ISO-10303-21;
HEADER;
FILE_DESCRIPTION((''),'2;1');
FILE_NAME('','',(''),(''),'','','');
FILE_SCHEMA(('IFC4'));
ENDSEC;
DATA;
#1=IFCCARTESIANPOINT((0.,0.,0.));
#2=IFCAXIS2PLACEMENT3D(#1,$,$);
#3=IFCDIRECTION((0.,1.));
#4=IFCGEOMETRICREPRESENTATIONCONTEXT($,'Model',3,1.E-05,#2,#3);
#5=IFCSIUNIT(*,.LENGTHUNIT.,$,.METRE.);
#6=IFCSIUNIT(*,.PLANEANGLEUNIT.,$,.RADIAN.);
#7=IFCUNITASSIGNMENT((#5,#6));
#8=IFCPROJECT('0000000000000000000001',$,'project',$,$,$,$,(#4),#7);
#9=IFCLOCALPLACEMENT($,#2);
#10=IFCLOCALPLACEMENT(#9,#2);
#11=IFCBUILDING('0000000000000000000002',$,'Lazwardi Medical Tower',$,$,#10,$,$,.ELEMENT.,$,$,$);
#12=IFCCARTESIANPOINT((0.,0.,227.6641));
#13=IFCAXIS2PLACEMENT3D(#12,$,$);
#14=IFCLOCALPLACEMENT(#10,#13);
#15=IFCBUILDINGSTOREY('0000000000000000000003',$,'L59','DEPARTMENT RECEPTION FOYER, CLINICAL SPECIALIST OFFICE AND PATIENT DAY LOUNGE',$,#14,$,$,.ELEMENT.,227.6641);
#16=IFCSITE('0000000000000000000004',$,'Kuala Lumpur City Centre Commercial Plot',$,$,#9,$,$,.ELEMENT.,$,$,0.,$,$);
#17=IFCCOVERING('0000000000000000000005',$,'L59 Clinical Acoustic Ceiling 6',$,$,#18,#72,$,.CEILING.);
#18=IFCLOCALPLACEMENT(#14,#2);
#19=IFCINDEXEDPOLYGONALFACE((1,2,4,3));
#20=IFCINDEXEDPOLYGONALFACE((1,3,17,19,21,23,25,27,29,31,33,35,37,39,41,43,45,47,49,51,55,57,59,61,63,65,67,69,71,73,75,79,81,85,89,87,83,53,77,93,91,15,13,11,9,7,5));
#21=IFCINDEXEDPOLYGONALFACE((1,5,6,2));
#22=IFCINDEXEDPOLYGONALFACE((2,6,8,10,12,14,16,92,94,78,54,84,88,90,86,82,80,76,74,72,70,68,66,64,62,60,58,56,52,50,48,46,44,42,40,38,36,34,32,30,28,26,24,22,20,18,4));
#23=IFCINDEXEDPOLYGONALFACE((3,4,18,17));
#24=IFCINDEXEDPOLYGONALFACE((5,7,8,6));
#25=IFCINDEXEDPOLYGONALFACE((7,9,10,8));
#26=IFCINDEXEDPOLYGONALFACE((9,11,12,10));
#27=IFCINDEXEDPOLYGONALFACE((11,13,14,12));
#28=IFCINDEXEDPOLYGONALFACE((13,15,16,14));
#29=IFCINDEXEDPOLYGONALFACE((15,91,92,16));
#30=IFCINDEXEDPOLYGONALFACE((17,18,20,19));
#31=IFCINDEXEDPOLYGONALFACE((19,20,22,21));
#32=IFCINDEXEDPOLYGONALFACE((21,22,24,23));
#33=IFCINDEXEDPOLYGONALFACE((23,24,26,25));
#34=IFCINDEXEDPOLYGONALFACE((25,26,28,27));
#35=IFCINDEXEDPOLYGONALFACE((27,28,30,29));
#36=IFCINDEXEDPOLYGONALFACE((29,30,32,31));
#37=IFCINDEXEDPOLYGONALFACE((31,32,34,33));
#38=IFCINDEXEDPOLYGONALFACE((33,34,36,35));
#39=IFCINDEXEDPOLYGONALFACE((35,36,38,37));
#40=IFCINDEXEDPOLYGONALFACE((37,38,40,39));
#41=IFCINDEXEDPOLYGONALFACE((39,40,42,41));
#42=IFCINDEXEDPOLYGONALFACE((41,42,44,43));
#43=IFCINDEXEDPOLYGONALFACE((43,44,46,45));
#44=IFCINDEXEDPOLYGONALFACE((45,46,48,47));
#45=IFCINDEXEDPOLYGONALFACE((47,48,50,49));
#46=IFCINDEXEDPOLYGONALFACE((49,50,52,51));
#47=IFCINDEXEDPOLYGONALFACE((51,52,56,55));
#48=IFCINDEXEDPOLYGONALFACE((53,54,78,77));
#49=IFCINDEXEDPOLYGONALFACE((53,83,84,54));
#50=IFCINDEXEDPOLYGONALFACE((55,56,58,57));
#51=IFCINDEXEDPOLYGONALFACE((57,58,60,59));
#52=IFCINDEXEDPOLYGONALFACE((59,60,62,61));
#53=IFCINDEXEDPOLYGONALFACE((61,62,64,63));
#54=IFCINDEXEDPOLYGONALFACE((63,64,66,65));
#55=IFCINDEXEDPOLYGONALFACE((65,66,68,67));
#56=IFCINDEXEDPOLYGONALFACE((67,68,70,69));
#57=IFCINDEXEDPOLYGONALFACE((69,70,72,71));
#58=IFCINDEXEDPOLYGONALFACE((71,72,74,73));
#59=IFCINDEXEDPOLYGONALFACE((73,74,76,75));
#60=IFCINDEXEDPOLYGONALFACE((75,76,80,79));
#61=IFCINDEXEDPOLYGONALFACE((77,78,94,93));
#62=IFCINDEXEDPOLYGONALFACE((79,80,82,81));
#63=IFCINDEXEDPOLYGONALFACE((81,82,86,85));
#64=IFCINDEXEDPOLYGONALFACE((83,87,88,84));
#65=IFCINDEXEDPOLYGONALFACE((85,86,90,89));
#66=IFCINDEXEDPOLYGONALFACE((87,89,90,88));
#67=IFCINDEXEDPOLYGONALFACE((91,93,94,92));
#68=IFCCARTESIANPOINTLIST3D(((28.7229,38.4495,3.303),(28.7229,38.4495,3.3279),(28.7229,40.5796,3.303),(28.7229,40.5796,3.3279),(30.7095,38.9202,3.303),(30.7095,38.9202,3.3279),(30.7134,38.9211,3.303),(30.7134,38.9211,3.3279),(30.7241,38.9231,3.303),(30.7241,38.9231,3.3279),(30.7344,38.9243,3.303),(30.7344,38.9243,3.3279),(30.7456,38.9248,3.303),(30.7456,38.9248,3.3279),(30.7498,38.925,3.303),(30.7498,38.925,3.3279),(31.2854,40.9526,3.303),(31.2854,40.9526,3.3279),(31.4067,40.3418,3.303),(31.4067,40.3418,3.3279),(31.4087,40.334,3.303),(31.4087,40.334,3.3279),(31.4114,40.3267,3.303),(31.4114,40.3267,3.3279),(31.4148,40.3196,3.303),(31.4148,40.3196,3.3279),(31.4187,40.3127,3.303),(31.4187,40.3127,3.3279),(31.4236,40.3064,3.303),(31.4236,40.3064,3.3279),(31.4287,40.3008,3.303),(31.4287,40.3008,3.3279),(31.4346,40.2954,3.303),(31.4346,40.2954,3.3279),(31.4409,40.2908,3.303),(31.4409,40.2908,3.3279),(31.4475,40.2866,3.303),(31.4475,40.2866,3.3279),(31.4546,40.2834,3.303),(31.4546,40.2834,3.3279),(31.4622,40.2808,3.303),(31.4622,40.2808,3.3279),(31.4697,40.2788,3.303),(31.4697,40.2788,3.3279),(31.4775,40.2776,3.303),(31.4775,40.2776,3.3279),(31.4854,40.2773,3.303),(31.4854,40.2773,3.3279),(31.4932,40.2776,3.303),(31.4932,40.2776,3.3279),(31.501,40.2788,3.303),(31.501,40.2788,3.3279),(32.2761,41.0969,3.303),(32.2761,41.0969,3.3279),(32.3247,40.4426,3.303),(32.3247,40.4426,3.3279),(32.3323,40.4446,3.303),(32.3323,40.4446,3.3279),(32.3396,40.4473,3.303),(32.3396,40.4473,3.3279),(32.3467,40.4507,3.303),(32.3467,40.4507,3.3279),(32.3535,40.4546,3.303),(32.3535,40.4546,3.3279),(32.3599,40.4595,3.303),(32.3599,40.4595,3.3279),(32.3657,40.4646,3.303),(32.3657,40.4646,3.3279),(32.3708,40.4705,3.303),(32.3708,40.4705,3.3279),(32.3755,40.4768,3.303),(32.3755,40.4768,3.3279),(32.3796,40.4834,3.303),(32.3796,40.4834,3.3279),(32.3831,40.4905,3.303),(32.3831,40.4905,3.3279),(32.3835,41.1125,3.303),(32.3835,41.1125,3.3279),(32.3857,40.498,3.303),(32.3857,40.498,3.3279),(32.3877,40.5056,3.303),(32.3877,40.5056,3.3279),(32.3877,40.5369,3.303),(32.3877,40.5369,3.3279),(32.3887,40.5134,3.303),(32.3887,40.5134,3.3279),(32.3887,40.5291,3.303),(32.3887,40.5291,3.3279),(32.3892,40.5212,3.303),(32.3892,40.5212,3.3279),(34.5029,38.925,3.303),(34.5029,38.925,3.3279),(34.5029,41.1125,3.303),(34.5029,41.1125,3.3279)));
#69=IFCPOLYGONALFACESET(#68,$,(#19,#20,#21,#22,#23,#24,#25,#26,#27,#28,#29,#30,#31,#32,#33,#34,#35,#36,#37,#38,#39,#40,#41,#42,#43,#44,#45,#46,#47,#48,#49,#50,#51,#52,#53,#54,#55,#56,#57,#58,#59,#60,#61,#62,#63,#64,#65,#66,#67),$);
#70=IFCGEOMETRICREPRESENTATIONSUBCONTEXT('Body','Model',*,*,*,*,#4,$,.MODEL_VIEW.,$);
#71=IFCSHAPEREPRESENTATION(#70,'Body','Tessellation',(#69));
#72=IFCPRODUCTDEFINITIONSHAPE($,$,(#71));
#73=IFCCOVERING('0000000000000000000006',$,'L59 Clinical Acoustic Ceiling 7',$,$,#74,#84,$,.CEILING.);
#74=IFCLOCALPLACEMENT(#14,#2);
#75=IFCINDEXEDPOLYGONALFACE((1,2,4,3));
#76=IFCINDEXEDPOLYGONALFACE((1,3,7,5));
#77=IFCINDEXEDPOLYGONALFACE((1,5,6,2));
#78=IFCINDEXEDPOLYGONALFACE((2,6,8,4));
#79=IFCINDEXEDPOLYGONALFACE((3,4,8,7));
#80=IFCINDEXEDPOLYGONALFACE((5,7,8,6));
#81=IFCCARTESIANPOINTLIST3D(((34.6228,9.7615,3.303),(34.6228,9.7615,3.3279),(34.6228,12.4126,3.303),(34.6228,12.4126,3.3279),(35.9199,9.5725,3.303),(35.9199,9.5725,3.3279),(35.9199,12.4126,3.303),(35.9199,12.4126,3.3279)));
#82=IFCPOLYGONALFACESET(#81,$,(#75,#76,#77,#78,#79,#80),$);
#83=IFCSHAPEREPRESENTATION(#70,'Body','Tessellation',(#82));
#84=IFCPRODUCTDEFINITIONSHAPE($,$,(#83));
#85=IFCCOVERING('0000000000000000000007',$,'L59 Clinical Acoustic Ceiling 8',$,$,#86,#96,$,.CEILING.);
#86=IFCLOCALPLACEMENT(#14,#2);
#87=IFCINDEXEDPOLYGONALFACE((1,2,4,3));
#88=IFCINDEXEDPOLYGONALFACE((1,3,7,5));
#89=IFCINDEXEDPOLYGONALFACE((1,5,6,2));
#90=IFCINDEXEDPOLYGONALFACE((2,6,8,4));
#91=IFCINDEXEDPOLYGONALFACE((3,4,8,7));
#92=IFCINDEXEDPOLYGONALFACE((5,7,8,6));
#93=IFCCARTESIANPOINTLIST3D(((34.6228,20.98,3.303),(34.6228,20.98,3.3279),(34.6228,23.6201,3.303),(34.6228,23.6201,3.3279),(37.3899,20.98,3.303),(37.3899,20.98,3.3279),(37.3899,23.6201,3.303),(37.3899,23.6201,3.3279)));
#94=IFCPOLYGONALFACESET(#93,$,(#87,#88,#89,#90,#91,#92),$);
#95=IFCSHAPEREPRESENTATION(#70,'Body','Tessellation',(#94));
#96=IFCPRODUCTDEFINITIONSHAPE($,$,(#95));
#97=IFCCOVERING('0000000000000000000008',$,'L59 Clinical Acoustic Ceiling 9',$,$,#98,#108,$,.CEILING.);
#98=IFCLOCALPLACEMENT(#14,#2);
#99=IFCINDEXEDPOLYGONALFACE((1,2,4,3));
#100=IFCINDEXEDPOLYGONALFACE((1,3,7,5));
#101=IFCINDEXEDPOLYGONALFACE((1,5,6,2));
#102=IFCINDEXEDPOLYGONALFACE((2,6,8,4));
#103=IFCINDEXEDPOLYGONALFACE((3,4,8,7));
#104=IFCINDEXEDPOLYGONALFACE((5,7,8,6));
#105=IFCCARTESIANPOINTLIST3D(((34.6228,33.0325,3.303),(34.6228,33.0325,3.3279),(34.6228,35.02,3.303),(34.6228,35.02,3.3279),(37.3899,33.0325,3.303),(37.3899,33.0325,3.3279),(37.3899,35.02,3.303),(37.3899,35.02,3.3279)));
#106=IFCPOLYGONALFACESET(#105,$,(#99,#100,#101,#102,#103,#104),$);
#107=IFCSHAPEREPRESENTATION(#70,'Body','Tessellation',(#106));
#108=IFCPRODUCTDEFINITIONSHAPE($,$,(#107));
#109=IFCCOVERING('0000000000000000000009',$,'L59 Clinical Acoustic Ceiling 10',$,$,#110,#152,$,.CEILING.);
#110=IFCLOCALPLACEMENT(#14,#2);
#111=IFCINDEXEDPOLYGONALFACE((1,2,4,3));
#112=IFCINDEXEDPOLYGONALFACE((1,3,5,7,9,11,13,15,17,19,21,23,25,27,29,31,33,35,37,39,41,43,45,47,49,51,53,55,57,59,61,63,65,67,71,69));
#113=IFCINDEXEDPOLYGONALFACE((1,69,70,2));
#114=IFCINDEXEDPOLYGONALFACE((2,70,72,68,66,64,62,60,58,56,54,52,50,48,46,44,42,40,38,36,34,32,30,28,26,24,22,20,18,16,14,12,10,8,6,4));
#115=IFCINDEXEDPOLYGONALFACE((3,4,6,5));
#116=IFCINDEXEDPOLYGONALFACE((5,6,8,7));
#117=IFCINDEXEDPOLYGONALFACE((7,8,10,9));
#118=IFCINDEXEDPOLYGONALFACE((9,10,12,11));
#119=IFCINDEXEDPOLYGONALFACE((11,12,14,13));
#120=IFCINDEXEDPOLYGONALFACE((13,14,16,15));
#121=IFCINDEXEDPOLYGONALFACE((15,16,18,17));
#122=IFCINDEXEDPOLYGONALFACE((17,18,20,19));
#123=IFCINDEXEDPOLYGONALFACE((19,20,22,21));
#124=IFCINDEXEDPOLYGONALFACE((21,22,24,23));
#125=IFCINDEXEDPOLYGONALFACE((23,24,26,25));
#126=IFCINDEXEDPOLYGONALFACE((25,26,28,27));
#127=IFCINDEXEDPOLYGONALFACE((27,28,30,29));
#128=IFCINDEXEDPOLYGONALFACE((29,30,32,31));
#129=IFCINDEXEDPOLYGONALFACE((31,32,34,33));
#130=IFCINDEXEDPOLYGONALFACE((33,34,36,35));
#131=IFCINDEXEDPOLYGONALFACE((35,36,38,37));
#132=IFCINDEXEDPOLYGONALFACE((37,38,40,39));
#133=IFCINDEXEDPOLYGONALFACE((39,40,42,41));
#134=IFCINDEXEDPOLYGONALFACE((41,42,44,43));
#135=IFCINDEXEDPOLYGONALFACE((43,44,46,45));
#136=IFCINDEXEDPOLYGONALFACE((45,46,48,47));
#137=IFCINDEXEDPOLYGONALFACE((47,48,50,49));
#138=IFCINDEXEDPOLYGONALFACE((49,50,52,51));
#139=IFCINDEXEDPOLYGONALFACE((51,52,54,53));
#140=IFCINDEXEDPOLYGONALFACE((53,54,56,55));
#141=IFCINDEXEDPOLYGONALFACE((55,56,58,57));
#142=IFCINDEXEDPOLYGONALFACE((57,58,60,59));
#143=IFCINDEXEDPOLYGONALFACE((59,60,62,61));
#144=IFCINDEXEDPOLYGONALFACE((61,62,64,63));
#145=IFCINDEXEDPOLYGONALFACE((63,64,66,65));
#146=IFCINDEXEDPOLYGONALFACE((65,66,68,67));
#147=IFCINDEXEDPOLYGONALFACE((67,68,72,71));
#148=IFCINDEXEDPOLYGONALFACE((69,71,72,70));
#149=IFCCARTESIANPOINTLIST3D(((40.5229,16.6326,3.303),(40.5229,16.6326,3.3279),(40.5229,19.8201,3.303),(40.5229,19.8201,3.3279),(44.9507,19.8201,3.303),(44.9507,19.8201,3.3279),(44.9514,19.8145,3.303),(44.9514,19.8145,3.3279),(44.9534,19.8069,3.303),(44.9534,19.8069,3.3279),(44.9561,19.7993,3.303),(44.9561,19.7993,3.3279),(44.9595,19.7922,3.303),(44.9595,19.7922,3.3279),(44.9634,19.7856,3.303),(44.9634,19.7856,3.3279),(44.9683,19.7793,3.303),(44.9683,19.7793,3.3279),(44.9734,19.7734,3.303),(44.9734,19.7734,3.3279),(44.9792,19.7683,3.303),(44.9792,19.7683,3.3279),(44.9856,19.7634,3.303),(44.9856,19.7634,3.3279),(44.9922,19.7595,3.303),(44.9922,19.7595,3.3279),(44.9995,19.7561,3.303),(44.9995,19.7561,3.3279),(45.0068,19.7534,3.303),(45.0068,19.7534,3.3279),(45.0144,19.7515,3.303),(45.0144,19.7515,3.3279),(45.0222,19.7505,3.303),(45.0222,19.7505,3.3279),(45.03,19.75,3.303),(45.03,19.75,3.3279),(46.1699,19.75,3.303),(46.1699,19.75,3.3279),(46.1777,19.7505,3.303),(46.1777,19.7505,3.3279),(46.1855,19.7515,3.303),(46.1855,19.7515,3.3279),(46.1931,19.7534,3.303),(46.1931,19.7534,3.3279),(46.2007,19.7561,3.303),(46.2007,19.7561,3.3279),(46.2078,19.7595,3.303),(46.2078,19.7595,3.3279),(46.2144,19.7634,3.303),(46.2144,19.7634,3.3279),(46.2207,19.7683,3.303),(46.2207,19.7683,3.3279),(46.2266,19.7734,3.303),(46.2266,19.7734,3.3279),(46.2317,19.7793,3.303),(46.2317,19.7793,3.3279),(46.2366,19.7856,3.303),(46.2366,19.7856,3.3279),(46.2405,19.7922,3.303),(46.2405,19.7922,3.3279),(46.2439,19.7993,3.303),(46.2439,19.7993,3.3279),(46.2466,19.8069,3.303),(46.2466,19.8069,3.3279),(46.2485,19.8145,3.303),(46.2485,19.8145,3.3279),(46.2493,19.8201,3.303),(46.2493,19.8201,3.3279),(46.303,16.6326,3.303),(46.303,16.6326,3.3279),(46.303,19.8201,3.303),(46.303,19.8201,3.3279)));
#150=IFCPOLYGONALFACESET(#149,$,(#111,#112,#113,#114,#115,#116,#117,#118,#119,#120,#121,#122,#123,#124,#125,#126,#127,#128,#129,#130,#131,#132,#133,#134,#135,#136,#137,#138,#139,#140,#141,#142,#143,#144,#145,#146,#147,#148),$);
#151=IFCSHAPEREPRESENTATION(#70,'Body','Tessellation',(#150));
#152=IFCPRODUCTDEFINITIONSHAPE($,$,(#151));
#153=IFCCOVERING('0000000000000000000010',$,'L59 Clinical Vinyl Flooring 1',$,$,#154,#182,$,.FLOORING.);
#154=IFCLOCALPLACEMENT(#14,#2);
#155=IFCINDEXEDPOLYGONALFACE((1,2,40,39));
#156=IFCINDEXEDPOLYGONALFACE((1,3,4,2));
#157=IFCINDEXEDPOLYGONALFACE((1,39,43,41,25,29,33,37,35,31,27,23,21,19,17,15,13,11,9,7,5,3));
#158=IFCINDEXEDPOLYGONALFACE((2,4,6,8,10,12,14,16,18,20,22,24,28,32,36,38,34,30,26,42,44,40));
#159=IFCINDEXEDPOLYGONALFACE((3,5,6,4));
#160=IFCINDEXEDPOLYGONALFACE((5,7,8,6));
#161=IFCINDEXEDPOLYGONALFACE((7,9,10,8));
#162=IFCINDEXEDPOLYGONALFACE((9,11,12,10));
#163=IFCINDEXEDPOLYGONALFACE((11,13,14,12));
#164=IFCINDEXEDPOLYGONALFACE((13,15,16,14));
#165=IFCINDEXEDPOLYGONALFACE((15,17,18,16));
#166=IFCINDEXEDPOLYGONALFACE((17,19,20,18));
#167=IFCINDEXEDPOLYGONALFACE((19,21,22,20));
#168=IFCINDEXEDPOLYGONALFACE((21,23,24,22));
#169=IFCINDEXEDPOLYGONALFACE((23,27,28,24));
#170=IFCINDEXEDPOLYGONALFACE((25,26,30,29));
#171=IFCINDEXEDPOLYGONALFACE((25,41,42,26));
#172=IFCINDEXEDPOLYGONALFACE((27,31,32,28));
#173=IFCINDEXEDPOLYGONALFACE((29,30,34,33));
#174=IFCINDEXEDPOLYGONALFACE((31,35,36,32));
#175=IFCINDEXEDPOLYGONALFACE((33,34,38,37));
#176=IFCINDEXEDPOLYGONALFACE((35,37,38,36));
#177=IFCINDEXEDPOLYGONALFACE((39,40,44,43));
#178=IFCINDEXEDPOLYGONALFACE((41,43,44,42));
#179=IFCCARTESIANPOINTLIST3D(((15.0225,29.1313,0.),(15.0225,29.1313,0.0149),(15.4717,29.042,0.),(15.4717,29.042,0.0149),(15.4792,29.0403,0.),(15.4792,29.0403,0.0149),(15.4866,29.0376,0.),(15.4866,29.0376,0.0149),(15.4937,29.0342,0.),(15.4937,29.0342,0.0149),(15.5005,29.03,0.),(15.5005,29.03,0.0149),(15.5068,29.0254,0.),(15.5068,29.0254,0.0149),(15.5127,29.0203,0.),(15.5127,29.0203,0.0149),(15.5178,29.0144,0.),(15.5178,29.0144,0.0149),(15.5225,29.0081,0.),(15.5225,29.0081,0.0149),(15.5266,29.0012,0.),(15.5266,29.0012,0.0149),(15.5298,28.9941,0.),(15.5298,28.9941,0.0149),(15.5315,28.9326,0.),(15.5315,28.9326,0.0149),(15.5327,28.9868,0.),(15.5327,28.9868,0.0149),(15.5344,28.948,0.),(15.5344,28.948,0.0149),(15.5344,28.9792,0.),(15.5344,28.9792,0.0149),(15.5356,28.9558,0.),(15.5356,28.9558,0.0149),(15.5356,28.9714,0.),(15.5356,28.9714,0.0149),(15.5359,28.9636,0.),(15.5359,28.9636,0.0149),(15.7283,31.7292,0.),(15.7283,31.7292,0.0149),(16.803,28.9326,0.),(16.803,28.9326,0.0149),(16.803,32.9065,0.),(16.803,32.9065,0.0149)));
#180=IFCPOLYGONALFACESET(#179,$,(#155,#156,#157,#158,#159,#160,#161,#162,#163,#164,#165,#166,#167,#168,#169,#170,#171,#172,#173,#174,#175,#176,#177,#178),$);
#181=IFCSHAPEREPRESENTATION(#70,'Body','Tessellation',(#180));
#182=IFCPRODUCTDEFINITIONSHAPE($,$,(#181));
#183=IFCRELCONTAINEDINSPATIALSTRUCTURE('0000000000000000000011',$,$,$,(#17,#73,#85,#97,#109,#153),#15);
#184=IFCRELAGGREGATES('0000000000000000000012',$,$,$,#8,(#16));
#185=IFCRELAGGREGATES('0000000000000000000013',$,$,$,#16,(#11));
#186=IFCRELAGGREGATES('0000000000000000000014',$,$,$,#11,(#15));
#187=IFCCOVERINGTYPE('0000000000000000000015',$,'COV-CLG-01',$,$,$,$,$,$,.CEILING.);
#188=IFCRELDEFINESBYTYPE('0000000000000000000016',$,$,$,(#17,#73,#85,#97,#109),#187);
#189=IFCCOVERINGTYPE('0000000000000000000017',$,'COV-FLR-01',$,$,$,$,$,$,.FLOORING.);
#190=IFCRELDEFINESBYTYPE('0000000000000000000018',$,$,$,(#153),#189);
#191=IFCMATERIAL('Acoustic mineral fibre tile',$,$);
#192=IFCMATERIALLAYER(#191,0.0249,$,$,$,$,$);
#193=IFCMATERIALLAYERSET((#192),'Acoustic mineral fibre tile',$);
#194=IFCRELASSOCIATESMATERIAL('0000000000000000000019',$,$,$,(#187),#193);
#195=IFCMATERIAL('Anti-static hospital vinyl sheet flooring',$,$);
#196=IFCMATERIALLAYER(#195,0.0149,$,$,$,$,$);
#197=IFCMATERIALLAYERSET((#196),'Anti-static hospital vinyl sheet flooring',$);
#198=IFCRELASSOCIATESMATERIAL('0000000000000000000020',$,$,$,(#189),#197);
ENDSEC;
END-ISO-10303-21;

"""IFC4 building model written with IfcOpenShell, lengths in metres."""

from ifc_helpers import new_model, si_unit, direction, frame, origin, place, context, subcontext, project, spatial, polyline, outline, extrude, material, layer, layer_set, type_object, element, save


model = new_model("IFC4")

# Units and contexts
model_context = context("Model", 3, precision=1e-05, world=origin(), true_north=direction((0.0, 1.0)))
body_context = subcontext(model_context, "Body", "Model", "MODEL_VIEW")
ifc_project = project(units=[si_unit("LENGTHUNIT", "METRE"), si_unit("PLANEANGLEUNIT", "RADIAN")], contexts=[model_context])

# Site, building, storey
site_placement = place(None, origin())
site = spatial("IfcSite", under=ifc_project, at=site_placement, Name="Kuala Lumpur City Centre Commercial Plot", CompositionType="ELEMENT", RefElevation=0.0)
building_placement = place(site_placement, origin())
building = spatial("IfcBuilding", under=site, at=building_placement, Name="Lazwardi Medical Tower", CompositionType="ELEMENT")
storey_placement = place(building_placement, frame((0.0, 0.0, 227.6641)))
storey = spatial("IfcBuildingStorey", under=building, at=storey_placement, Name="L59", Description="DEPARTMENT RECEPTION FOYER, CLINICAL SPECIALIST OFFICE AND PATIENT DAY LOUNGE", CompositionType="ELEMENT", Elevation=227.6641)

# Coverings
ifc_material_1 = material(Name="Acoustic mineral fibre tile")
ifc_layer_1 = layer(ifc_material_1, 0.0249)
ifc_layer_set_1 = layer_set([ifc_layer_1], Name="Acoustic mineral fibre tile")
covering_type_1 = type_object("IfcCoveringType", Name="COV-CLG-01", PredefinedType="CEILING", material=ifc_layer_set_1)
covering_1_placement = place(storey_placement, frame((0.0, 0.0, 3.303)))
element("IfcCovering", 1, at=covering_1_placement, inside=storey, type_object=covering_type_1, Name="L59 Clinical Acoustic Ceiling 6", PredefinedType="CEILING", context=body_context, shape_type="SweptSolid", body=[
    extrude(outline(polyline([(32.3835, 41.1125), (32.2761, 41.0969), (32.3877, 40.5369), (32.3887, 40.5291), (32.3892, 40.5212), (32.3887, 40.5134), (32.3877, 40.5056), (32.3857, 40.498), (32.3831, 40.4905), (32.3796, 40.4834), (32.3755, 40.4768), (32.3708, 40.4705), (32.3657, 40.4646), (32.3599, 40.4595), (32.3535, 40.4546), (32.3467, 40.4507), (32.3396, 40.4473), (32.3323, 40.4446), (32.3247, 40.4426), (31.501, 40.2788), (31.4932, 40.2776), (31.4854, 40.2773), (31.4775, 40.2776), (31.4697, 40.2788), (31.4622, 40.2808), (31.4546, 40.2834), (31.4475, 40.2866), (31.4409, 40.2908), (31.4346, 40.2954), (31.4287, 40.3008), (31.4236, 40.3064), (31.4187, 40.3127), (31.4148, 40.3196), (31.4114, 40.3267), (31.4087, 40.334), (31.4067, 40.3418), (31.2854, 40.9526), (28.7229, 40.5796), (28.7229, 38.4495), (30.7095, 38.9202), (30.7134, 38.9211), (30.7241, 38.9231), (30.7344, 38.9243), (30.7456, 38.9248), (30.7498, 38.925), (34.5029, 38.925), (34.5029, 41.1125), (32.3835, 41.1125)])), origin(), (0.0, 0.0, 1.0), 0.0249),
])
covering_2_placement = place(storey_placement, frame((0.0, 0.0, 3.303)))
element("IfcCovering", 2, at=covering_2_placement, inside=storey, type_object=covering_type_1, Name="L59 Clinical Acoustic Ceiling 7", PredefinedType="CEILING", context=body_context, shape_type="SweptSolid", body=[
    extrude(outline(polyline([(34.6228, 9.7615), (35.9199, 9.5725), (35.9199, 12.4126), (34.6228, 12.4126), (34.6228, 9.7615)])), origin(), (0.0, 0.0, 1.0), 0.0249),
])
covering_3_placement = place(storey_placement, frame((0.0, 0.0, 3.303)))
element("IfcCovering", 3, at=covering_3_placement, inside=storey, type_object=covering_type_1, Name="L59 Clinical Acoustic Ceiling 8", PredefinedType="CEILING", context=body_context, shape_type="SweptSolid", body=[
    extrude(outline(polyline([(34.6228, 20.98), (37.3899, 20.98), (37.3899, 23.6201), (34.6228, 23.6201), (34.6228, 20.98)])), origin(), (0.0, 0.0, 1.0), 0.0249),
])
covering_4_placement = place(storey_placement, frame((0.0, 0.0, 3.303)))
element("IfcCovering", 4, at=covering_4_placement, inside=storey, type_object=covering_type_1, Name="L59 Clinical Acoustic Ceiling 9", PredefinedType="CEILING", context=body_context, shape_type="SweptSolid", body=[
    extrude(outline(polyline([(37.3899, 33.0325), (37.3899, 35.02), (34.6228, 35.02), (34.6228, 33.0325), (37.3899, 33.0325)])), origin(), (0.0, 0.0, 1.0), 0.0249),
])
covering_5_placement = place(storey_placement, frame((0.0, 0.0, 3.303)))
element("IfcCovering", 5, at=covering_5_placement, inside=storey, type_object=covering_type_1, Name="L59 Clinical Acoustic Ceiling 10", PredefinedType="CEILING", context=body_context, shape_type="SweptSolid", body=[
    extrude(outline(polyline([(46.303, 19.8201), (46.2493, 19.8201), (46.2485, 19.8145), (46.2466, 19.8069), (46.2439, 19.7993), (46.2405, 19.7922), (46.2366, 19.7856), (46.2317, 19.7793), (46.2266, 19.7734), (46.2207, 19.7683), (46.2144, 19.7634), (46.2078, 19.7595), (46.2007, 19.7561), (46.1931, 19.7534), (46.1855, 19.7515), (46.1777, 19.7505), (46.1699, 19.75), (45.03, 19.75), (45.0222, 19.7505), (45.0144, 19.7515), (45.0068, 19.7534), (44.9995, 19.7561), (44.9922, 19.7595), (44.9856, 19.7634), (44.9792, 19.7683), (44.9734, 19.7734), (44.9683, 19.7793), (44.9634, 19.7856), (44.9595, 19.7922), (44.9561, 19.7993), (44.9534, 19.8069), (44.9514, 19.8145), (44.9507, 19.8201), (40.5229, 19.8201), (40.5229, 16.6326), (46.303, 16.6326), (46.303, 19.8201)])), origin(), (0.0, 0.0, 1.0), 0.0249),
])
ifc_material_2 = material(Name="Anti-static hospital vinyl sheet flooring")
ifc_layer_2 = layer(ifc_material_2, 0.0149)
ifc_layer_set_2 = layer_set([ifc_layer_2], Name="Anti-static hospital vinyl sheet flooring")
covering_type_2 = type_object("IfcCoveringType", Name="COV-FLR-01", PredefinedType="FLOORING", material=ifc_layer_set_2)
covering_6_placement = place(storey_placement, origin())
element("IfcCovering", 6, at=covering_6_placement, inside=storey, type_object=covering_type_2, Name="L59 Clinical Vinyl Flooring 1", PredefinedType="FLOORING", context=body_context, shape_type="SweptSolid", body=[
    extrude(outline(polyline([(16.803, 32.9065), (15.7283, 31.7292), (15.0225, 29.1313), (15.4717, 29.042), (15.4792, 29.0403), (15.4866, 29.0376), (15.4937, 29.0342), (15.5005, 29.03), (15.5068, 29.0254), (15.5127, 29.0203), (15.5178, 29.0144), (15.5225, 29.0081), (15.5266, 29.0012), (15.5298, 28.9941), (15.5327, 28.9868), (15.5344, 28.9792), (15.5356, 28.9714), (15.5359, 28.9636), (15.5356, 28.9558), (15.5344, 28.948), (15.5315, 28.9326), (16.803, 28.9326), (16.803, 32.9065)])), origin(), (0.0, 0.0, 1.0), 0.0149),
])

save(model, "model.ifc")
